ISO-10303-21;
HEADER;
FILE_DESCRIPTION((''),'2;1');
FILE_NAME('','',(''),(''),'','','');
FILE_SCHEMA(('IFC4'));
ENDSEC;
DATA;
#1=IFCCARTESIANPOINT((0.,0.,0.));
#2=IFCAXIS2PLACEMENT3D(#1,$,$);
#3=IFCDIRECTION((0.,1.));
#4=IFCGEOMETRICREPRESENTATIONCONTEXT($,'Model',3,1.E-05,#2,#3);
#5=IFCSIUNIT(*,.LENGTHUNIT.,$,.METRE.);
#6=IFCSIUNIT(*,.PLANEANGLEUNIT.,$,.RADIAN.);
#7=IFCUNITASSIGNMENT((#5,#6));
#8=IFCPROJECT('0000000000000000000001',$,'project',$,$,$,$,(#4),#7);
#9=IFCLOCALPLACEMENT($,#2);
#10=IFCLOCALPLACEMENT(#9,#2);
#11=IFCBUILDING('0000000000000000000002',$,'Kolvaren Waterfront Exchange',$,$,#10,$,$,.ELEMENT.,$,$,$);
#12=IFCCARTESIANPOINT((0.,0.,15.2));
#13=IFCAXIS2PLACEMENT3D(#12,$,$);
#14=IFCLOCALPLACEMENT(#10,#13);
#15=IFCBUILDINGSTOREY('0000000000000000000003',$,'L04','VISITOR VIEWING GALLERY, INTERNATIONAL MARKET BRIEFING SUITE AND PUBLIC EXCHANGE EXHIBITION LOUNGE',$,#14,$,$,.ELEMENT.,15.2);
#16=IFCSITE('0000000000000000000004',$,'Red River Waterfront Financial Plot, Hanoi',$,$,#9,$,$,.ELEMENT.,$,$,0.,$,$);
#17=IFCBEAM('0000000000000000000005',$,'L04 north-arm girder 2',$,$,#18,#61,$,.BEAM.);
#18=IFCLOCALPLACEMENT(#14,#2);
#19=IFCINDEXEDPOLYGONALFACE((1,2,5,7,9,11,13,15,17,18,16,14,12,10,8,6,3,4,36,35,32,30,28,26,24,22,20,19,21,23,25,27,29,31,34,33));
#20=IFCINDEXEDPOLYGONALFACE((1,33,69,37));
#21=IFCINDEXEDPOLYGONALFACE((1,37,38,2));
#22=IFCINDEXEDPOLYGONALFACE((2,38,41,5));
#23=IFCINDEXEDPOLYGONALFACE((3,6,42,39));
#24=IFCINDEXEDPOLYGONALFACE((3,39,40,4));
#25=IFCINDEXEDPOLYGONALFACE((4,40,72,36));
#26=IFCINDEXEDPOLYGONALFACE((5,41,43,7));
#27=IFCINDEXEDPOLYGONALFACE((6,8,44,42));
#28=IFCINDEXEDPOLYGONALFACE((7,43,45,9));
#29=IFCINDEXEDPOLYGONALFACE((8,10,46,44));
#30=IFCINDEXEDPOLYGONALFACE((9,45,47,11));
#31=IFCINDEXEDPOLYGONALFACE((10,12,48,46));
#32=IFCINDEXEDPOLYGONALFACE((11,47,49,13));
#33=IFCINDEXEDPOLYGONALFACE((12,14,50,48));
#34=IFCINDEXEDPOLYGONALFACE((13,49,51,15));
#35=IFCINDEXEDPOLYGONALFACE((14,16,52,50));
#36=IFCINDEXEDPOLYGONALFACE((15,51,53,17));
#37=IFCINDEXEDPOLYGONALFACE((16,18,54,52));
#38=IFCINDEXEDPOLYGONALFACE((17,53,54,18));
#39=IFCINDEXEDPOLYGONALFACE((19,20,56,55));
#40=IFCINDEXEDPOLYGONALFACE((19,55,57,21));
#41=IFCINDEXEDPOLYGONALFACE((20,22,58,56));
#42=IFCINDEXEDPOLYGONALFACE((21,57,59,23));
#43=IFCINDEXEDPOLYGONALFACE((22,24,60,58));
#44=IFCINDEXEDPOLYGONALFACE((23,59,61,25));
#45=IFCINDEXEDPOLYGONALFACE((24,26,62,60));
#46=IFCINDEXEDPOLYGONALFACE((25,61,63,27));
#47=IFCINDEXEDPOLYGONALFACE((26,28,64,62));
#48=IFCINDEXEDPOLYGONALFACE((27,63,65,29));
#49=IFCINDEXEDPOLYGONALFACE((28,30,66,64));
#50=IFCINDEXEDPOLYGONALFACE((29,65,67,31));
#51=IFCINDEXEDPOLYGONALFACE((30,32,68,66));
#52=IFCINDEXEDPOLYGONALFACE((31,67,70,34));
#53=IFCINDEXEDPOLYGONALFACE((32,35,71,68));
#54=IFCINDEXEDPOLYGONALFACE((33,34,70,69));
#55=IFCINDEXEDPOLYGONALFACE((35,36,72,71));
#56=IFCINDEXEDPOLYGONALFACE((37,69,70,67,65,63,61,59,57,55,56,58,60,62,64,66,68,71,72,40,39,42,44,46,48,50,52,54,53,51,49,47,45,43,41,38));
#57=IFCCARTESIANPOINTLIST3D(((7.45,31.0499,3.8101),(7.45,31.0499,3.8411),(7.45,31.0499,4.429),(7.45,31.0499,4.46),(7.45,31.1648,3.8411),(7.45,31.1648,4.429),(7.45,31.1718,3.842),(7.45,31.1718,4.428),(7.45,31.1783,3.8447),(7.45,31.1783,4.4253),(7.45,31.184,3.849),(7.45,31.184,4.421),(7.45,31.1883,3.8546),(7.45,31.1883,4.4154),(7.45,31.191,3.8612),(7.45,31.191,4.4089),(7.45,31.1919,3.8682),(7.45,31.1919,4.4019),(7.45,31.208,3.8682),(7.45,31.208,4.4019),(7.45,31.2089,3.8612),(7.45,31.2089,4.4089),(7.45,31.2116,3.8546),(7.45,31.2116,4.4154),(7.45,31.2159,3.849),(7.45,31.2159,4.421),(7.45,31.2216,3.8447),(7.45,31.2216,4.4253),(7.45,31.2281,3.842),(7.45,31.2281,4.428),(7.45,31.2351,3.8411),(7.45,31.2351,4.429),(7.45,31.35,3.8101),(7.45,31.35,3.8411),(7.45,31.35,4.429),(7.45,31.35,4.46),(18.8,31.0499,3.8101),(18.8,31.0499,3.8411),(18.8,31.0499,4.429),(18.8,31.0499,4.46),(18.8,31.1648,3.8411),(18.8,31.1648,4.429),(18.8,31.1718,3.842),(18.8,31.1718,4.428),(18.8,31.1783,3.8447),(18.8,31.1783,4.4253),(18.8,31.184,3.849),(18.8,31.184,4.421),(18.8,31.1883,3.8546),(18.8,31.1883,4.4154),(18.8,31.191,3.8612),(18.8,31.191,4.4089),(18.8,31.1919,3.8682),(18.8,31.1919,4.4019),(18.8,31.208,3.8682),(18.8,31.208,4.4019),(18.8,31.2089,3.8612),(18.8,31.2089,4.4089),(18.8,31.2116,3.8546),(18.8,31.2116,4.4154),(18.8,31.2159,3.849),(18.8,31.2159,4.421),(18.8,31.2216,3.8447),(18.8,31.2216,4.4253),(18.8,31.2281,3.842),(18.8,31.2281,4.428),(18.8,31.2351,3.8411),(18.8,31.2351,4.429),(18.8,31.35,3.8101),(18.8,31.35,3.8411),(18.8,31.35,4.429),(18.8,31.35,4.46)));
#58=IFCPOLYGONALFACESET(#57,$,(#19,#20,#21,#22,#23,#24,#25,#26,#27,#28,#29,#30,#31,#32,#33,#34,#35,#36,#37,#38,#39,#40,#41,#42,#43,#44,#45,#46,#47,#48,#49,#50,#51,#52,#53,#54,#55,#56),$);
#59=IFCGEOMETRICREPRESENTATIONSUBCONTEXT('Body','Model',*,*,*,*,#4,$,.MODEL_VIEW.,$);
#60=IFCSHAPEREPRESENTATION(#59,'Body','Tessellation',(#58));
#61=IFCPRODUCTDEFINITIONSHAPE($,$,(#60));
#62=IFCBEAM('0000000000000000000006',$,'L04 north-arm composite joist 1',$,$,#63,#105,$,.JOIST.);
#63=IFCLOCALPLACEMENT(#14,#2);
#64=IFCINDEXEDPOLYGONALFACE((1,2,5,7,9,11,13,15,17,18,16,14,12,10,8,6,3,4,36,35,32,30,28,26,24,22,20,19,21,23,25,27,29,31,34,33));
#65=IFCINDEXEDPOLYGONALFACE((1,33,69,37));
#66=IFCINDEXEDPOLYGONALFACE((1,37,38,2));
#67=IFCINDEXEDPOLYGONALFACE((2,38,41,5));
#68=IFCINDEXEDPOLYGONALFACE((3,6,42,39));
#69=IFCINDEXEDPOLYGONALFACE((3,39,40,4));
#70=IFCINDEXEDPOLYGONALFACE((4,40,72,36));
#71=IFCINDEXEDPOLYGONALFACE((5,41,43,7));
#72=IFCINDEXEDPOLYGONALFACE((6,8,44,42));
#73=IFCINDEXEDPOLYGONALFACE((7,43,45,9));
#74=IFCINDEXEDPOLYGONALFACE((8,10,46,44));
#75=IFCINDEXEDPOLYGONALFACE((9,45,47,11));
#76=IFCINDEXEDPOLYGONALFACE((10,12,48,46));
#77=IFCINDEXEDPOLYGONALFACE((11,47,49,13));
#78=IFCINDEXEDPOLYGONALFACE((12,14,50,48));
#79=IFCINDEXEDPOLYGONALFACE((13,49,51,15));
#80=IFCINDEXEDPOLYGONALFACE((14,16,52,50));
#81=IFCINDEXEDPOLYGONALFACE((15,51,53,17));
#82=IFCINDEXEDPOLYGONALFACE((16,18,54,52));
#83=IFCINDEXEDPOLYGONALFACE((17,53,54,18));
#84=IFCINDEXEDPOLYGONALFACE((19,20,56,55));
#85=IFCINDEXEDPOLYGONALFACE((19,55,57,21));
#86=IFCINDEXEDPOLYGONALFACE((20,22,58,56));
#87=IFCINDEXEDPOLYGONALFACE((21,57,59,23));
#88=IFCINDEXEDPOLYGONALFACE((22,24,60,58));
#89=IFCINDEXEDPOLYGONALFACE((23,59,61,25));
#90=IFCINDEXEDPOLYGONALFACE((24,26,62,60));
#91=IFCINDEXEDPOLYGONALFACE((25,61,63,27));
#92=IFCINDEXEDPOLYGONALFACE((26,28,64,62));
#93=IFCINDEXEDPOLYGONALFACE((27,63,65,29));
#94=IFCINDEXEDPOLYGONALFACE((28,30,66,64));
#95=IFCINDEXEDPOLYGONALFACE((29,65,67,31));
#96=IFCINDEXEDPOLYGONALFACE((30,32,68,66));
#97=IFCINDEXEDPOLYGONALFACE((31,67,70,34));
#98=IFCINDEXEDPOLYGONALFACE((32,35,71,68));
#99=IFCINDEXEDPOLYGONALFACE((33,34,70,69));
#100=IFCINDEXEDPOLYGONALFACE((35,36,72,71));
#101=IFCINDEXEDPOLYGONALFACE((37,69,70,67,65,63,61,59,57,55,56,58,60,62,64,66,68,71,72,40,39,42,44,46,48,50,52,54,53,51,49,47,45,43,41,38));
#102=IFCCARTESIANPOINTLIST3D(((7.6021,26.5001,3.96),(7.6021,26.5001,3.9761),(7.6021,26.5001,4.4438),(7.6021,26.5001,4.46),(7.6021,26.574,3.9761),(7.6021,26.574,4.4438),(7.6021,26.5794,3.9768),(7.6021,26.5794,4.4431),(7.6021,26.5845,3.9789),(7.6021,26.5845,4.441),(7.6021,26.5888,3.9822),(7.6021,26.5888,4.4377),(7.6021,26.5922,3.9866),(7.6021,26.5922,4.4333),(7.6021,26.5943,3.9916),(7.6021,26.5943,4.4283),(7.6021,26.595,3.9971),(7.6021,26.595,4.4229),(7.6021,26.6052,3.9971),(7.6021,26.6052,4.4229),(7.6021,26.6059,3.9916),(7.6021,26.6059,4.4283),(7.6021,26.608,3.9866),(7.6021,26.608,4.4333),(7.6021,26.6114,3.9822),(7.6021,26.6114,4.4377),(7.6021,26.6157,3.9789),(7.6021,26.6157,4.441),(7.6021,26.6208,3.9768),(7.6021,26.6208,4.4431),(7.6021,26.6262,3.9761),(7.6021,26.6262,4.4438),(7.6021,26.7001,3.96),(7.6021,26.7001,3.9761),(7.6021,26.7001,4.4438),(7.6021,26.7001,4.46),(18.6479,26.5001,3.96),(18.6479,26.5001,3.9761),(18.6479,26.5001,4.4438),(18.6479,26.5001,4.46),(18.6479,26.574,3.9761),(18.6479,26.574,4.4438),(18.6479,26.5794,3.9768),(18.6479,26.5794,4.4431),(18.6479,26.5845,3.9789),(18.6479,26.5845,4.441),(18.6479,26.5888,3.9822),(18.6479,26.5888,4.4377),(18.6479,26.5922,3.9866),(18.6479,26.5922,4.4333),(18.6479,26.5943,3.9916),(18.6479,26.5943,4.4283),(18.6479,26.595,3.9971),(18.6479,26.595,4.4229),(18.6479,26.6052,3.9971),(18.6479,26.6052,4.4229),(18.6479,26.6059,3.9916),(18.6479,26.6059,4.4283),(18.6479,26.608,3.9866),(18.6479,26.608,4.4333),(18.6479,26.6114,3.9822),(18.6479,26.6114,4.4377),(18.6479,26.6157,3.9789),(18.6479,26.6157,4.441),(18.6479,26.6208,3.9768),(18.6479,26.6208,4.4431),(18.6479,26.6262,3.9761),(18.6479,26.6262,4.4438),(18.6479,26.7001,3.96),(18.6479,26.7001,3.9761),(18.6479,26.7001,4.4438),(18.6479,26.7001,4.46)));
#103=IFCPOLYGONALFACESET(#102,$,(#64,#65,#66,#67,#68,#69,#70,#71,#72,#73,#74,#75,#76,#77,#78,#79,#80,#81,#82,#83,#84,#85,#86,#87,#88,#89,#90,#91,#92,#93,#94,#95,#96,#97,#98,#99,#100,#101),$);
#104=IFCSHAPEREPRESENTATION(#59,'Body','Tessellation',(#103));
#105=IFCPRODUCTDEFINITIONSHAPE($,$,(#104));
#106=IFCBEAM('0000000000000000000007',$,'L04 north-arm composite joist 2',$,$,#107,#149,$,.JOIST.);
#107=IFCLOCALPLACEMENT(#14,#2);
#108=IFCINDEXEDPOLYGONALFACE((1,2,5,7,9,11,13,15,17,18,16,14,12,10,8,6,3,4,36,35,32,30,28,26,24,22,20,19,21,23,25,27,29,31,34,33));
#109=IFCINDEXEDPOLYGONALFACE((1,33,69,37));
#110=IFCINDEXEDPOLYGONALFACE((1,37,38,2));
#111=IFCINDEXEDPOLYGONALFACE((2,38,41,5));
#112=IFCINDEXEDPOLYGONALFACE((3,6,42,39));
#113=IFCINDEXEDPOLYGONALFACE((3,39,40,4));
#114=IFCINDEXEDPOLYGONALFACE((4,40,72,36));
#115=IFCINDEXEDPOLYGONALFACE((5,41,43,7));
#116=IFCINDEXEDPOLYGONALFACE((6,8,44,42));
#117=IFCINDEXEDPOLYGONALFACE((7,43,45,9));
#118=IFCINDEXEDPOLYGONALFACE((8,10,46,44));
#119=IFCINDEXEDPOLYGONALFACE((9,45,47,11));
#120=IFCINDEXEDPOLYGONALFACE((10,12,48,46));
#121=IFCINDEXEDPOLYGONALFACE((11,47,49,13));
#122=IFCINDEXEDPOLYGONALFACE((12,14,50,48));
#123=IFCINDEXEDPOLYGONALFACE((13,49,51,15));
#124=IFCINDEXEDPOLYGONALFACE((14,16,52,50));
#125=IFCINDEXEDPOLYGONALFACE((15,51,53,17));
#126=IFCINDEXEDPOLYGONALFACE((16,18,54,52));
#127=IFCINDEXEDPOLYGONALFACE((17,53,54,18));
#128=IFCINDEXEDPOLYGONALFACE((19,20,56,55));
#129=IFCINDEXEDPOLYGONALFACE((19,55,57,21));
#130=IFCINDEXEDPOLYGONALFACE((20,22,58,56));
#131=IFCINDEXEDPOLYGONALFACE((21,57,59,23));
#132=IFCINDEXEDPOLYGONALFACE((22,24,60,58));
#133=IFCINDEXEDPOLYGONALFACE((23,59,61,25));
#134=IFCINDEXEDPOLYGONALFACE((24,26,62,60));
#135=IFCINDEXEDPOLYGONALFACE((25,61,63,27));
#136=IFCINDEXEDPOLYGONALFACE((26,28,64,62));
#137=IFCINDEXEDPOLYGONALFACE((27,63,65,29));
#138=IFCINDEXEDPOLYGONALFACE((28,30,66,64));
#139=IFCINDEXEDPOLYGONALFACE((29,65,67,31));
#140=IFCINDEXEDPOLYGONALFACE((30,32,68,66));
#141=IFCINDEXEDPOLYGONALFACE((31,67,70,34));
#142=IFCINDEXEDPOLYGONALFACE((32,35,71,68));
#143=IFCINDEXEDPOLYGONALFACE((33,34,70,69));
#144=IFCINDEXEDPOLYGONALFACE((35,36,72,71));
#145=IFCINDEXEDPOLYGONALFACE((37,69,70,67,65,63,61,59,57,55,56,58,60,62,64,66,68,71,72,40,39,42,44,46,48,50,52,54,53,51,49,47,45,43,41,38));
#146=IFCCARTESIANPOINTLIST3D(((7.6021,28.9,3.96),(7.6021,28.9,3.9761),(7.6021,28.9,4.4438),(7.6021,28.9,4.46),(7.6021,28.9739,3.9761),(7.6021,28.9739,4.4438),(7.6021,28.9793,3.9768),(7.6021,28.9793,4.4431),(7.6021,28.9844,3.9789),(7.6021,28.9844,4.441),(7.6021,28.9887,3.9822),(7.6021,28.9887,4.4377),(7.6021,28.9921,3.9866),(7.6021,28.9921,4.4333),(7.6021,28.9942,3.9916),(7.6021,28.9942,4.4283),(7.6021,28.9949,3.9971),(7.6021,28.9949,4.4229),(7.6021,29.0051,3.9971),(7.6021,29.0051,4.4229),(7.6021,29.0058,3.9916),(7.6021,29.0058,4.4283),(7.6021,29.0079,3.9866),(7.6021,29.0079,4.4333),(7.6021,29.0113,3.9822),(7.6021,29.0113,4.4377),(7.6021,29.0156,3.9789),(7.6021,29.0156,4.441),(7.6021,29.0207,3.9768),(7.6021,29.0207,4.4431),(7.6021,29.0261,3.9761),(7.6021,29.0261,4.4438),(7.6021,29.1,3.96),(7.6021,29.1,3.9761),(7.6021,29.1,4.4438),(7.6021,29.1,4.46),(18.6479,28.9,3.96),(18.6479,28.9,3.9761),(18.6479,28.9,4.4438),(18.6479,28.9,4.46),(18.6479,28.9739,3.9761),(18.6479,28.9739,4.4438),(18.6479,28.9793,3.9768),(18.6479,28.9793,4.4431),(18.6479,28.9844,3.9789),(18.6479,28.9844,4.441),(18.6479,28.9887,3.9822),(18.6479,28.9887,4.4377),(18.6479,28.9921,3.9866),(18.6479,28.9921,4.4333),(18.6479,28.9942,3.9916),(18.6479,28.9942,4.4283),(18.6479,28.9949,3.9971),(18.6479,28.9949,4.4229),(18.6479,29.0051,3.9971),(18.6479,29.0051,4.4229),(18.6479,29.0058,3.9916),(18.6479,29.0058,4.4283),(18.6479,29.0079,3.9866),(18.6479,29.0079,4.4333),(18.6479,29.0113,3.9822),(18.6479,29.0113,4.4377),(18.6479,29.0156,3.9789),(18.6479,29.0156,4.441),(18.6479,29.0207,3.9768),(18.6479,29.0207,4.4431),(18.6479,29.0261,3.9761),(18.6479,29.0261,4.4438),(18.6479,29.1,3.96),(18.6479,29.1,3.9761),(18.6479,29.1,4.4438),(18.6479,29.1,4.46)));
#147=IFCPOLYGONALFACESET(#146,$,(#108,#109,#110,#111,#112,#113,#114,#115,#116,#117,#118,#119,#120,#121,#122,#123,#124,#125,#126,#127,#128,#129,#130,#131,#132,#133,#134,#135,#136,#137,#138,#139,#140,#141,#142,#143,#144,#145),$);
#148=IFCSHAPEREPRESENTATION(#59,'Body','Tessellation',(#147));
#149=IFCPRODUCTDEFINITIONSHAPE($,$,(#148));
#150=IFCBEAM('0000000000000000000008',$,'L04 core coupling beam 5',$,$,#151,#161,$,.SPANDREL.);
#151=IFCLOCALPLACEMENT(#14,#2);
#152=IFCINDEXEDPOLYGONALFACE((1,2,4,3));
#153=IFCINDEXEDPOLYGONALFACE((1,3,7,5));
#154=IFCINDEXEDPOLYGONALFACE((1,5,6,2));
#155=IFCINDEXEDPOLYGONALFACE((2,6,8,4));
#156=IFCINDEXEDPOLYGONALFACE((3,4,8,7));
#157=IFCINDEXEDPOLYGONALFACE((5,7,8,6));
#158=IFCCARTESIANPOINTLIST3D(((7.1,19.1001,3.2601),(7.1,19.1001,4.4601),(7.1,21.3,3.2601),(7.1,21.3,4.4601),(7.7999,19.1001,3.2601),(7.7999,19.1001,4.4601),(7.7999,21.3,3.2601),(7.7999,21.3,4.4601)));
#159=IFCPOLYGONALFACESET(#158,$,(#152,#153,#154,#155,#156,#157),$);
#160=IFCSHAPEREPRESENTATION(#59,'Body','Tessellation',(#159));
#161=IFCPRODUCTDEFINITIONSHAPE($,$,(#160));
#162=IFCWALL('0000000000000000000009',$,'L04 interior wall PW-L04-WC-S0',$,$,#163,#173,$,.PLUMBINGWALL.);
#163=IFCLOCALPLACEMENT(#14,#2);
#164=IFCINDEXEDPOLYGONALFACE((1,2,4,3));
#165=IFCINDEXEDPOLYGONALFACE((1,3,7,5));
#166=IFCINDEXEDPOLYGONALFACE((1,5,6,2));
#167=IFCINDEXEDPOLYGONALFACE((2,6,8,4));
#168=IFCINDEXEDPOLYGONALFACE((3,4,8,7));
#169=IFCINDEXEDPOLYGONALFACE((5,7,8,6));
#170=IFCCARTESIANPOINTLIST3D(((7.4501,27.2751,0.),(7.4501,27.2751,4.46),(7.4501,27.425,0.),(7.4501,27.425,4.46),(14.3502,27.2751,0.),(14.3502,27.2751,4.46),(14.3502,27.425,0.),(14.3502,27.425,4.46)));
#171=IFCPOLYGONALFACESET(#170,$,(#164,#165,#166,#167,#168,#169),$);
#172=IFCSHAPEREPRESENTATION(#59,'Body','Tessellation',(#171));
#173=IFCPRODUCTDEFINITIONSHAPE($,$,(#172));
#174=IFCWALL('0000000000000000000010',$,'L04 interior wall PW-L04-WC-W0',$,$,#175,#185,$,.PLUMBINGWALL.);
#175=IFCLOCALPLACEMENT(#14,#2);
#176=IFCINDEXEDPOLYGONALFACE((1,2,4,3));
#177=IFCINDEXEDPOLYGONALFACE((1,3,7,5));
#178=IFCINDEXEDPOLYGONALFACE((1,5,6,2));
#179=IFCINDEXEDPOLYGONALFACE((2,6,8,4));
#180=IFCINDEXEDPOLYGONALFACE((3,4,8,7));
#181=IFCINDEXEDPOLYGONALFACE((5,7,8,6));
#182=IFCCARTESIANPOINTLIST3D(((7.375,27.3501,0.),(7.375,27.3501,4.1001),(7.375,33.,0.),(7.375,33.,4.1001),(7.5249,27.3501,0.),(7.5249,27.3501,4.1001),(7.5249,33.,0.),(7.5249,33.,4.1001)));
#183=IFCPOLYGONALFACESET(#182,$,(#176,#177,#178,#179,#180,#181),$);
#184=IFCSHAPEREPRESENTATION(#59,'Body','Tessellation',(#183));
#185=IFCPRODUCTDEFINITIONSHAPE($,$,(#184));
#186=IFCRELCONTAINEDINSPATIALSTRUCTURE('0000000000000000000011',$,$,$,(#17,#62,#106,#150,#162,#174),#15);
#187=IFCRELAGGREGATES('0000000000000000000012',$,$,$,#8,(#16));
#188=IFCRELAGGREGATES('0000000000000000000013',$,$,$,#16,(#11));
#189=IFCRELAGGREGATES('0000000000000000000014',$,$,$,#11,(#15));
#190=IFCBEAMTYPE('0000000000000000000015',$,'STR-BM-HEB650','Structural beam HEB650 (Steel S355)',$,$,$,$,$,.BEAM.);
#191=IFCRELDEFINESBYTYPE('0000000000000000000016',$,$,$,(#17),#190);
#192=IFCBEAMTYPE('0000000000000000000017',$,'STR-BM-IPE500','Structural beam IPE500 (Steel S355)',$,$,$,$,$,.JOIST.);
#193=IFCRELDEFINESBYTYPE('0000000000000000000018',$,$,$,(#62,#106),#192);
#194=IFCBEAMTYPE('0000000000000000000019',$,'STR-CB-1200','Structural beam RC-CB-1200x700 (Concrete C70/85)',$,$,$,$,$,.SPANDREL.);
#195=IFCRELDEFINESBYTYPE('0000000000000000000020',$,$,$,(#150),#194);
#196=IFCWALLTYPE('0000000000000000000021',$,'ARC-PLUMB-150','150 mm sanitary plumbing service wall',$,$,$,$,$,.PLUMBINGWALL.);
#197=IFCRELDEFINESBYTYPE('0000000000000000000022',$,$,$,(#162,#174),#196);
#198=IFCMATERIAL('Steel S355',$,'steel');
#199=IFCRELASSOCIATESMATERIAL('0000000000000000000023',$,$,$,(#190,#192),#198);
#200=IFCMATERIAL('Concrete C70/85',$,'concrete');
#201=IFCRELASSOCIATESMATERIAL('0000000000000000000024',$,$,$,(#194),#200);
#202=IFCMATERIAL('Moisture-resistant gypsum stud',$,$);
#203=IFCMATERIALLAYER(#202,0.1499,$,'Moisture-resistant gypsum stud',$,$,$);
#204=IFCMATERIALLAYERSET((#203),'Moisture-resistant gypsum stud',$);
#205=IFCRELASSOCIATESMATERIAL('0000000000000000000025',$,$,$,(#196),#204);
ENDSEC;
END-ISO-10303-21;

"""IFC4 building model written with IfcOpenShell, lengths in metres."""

from ifc_helpers import new_model, si_unit, direction, frame, frame_2d, origin, origin_2d, place, context, subcontext, project, spatial, rectangle, i_section, extrude, material, layer, layer_set, material_profile, profile_set, type_object, element, save


model = new_model("IFC4")

# Units and contexts
model_context = context("Model", 3, precision=1e-05, world=origin(), true_north=direction((0.0, 1.0)))
body_context = subcontext(model_context, "Body", "Model", "MODEL_VIEW")
ifc_project = project(units=[si_unit("LENGTHUNIT", "METRE"), si_unit("PLANEANGLEUNIT", "RADIAN")], contexts=[model_context])

# Site, building, storey
site_placement = place(None, origin())
site = spatial("IfcSite", under=ifc_project, at=site_placement, Name="Red River Waterfront Financial Plot, Hanoi", CompositionType="ELEMENT", RefElevation=0.0)
building_placement = place(site_placement, origin())
building = spatial("IfcBuilding", under=site, at=building_placement, Name="Kolvaren Waterfront Exchange", CompositionType="ELEMENT")
storey_placement = place(building_placement, frame((0.0, 0.0, 15.2)))
storey = spatial("IfcBuildingStorey", under=building, at=storey_placement, Name="L04", Description="VISITOR VIEWING GALLERY, INTERNATIONAL MARKET BRIEFING SUITE AND PUBLIC EXCHANGE EXHIBITION LOUNGE", CompositionType="ELEMENT", Elevation=15.2)

# Shared definitions
ifc_material_1 = material(Name="Concrete C70/85", Category="concrete")

# Beams
ifc_material_2 = material(Name="Steel S355", Category="steel")
ifc_material_profile_1 = material_profile(ifc_material_2, i_section(OverallWidth=0.3, OverallDepth=0.6499, WebThickness=0.0161, FlangeThickness=0.031, FilletRadius=0.0271, at=origin_2d()), Name="HEB650")
ifc_profile_set_1 = profile_set([ifc_material_profile_1], Name="Steel S355")
beam_type_1 = type_object("IfcBeamType", Name="STR-BM-HEB650", Description="Structural beam HEB650 (Steel S355)", PredefinedType="BEAM", material=ifc_profile_set_1)
beam_1_placement = place(storey_placement, frame((7.45, 31.2, 4.135), z_axis=(1.0, 0.0, 0.0), x_axis=(0.0, 1.0, 0.0)))
element("IfcBeam", 1, at=beam_1_placement, inside=storey, type_object=beam_type_1, Name="L04 north-arm girder 2", PredefinedType="BEAM", context=body_context, shape_type="SweptSolid", body=[
    extrude(i_section(OverallWidth=0.3, OverallDepth=0.6499, WebThickness=0.0161, FlangeThickness=0.031, FilletRadius=0.0271, at=origin_2d()), origin(), (0.0, 0.0, 1.0), 11.3501),
])
ifc_material_profile_2 = material_profile(ifc_material_2, i_section(OverallWidth=0.2, OverallDepth=0.5, WebThickness=0.0103, FlangeThickness=0.0161, FilletRadius=0.021, at=origin_2d()), Name="IPE500")
ifc_profile_set_2 = profile_set([ifc_material_profile_2], Name="Steel S355")
beam_type_2 = type_object("IfcBeamType", Name="STR-BM-IPE500", Description="Structural beam IPE500 (Steel S355)", PredefinedType="JOIST", material=ifc_profile_set_2)
for number, where, z_axis, x_axis, name in (
    (2, (7.6021, 26.6001, 4.21), (1.0, 0.0, 0.0), (0.0, 1.0, 0.0), "L04 north-arm composite joist 1"),
    (3, (7.6021, 29.0, 4.21), (1.0, 0.0, 0.0), (0.0, 1.0, 0.0), "L04 north-arm composite joist 2"),
):
    element("IfcBeam", number, at=place(storey_placement, frame(where, z_axis=z_axis, x_axis=x_axis)), inside=storey, type_object=beam_type_2, Name=name, PredefinedType="JOIST", context=body_context, shape_type="SweptSolid", body=[
        extrude(i_section(OverallWidth=0.2, OverallDepth=0.5, WebThickness=0.0103, FlangeThickness=0.0161, FilletRadius=0.021, at=origin_2d()), origin(), (0.0, 0.0, 1.0), 11.0459),
    ])
ifc_material_profile_3 = material_profile(ifc_material_1, rectangle(XDim=0.7, YDim=1.2, at=origin_2d()), Name="RC-CB-1200x700")
ifc_profile_set_3 = profile_set([ifc_material_profile_3], Name="Concrete C70/85")
beam_type_3 = type_object("IfcBeamType", Name="STR-CB-1200", Description="Structural beam RC-CB-1200x700 (Concrete C70/85)", PredefinedType="SPANDREL", material=ifc_profile_set_3)
beam_2_placement = place(storey_placement, frame((7.45, 19.1001, 3.8601), z_axis=(0.0, 1.0, 0.0), x_axis=(-1.0, 0.0, 0.0)))
element("IfcBeam", 4, at=beam_2_placement, inside=storey, type_object=beam_type_3, Name="L04 core coupling beam 5", PredefinedType="SPANDREL", context=body_context, shape_type="SweptSolid", body=[
    extrude(rectangle(XDim=0.7, YDim=1.2, at=origin_2d()), origin(), (0.0, 0.0, 1.0), 2.2),
])

# Walls
ifc_material_3 = material(Name="Moisture-resistant gypsum stud")
ifc_layer_1 = layer(ifc_material_3, 0.1499, Name="Moisture-resistant gypsum stud")
ifc_layer_set_1 = layer_set([ifc_layer_1], Name="Moisture-resistant gypsum stud")
wall_type_1 = type_object("IfcWallType", Name="ARC-PLUMB-150", Description="150 mm sanitary plumbing service wall", PredefinedType="PLUMBINGWALL", material=ifc_layer_set_1)
wall_1_placement = place(storey_placement, frame((7.45, 27.3501, 0.0), z_axis=(0.0, 0.0, 1.0), x_axis=(1.0, 0.0, 0.0)))
element("IfcWall", 5, at=wall_1_placement, inside=storey, type_object=wall_type_1, Name="L04 interior wall PW-L04-WC-S0", PredefinedType="PLUMBINGWALL", context=body_context, shape_type="SweptSolid", body=[
    extrude(rectangle(XDim=6.9001, YDim=0.1499, at=frame_2d((3.4502, 0.0))), origin(), (0.0, 0.0, 1.0), 4.46),
])
wall_2_placement = place(storey_placement, frame((7.45, 27.3501, 0.0), z_axis=(0.0, 0.0, 1.0), x_axis=(0.0, 1.0, 0.0)))
element("IfcWall", 6, at=wall_2_placement, inside=storey, type_object=wall_type_1, Name="L04 interior wall PW-L04-WC-W0", PredefinedType="PLUMBINGWALL", context=body_context, shape_type="SweptSolid", body=[
    extrude(rectangle(XDim=5.6499, YDim=0.1499, at=frame_2d((2.825, 0.0))), origin(), (0.0, 0.0, 1.0), 4.1001),
])

save(model, "model.ifc")
